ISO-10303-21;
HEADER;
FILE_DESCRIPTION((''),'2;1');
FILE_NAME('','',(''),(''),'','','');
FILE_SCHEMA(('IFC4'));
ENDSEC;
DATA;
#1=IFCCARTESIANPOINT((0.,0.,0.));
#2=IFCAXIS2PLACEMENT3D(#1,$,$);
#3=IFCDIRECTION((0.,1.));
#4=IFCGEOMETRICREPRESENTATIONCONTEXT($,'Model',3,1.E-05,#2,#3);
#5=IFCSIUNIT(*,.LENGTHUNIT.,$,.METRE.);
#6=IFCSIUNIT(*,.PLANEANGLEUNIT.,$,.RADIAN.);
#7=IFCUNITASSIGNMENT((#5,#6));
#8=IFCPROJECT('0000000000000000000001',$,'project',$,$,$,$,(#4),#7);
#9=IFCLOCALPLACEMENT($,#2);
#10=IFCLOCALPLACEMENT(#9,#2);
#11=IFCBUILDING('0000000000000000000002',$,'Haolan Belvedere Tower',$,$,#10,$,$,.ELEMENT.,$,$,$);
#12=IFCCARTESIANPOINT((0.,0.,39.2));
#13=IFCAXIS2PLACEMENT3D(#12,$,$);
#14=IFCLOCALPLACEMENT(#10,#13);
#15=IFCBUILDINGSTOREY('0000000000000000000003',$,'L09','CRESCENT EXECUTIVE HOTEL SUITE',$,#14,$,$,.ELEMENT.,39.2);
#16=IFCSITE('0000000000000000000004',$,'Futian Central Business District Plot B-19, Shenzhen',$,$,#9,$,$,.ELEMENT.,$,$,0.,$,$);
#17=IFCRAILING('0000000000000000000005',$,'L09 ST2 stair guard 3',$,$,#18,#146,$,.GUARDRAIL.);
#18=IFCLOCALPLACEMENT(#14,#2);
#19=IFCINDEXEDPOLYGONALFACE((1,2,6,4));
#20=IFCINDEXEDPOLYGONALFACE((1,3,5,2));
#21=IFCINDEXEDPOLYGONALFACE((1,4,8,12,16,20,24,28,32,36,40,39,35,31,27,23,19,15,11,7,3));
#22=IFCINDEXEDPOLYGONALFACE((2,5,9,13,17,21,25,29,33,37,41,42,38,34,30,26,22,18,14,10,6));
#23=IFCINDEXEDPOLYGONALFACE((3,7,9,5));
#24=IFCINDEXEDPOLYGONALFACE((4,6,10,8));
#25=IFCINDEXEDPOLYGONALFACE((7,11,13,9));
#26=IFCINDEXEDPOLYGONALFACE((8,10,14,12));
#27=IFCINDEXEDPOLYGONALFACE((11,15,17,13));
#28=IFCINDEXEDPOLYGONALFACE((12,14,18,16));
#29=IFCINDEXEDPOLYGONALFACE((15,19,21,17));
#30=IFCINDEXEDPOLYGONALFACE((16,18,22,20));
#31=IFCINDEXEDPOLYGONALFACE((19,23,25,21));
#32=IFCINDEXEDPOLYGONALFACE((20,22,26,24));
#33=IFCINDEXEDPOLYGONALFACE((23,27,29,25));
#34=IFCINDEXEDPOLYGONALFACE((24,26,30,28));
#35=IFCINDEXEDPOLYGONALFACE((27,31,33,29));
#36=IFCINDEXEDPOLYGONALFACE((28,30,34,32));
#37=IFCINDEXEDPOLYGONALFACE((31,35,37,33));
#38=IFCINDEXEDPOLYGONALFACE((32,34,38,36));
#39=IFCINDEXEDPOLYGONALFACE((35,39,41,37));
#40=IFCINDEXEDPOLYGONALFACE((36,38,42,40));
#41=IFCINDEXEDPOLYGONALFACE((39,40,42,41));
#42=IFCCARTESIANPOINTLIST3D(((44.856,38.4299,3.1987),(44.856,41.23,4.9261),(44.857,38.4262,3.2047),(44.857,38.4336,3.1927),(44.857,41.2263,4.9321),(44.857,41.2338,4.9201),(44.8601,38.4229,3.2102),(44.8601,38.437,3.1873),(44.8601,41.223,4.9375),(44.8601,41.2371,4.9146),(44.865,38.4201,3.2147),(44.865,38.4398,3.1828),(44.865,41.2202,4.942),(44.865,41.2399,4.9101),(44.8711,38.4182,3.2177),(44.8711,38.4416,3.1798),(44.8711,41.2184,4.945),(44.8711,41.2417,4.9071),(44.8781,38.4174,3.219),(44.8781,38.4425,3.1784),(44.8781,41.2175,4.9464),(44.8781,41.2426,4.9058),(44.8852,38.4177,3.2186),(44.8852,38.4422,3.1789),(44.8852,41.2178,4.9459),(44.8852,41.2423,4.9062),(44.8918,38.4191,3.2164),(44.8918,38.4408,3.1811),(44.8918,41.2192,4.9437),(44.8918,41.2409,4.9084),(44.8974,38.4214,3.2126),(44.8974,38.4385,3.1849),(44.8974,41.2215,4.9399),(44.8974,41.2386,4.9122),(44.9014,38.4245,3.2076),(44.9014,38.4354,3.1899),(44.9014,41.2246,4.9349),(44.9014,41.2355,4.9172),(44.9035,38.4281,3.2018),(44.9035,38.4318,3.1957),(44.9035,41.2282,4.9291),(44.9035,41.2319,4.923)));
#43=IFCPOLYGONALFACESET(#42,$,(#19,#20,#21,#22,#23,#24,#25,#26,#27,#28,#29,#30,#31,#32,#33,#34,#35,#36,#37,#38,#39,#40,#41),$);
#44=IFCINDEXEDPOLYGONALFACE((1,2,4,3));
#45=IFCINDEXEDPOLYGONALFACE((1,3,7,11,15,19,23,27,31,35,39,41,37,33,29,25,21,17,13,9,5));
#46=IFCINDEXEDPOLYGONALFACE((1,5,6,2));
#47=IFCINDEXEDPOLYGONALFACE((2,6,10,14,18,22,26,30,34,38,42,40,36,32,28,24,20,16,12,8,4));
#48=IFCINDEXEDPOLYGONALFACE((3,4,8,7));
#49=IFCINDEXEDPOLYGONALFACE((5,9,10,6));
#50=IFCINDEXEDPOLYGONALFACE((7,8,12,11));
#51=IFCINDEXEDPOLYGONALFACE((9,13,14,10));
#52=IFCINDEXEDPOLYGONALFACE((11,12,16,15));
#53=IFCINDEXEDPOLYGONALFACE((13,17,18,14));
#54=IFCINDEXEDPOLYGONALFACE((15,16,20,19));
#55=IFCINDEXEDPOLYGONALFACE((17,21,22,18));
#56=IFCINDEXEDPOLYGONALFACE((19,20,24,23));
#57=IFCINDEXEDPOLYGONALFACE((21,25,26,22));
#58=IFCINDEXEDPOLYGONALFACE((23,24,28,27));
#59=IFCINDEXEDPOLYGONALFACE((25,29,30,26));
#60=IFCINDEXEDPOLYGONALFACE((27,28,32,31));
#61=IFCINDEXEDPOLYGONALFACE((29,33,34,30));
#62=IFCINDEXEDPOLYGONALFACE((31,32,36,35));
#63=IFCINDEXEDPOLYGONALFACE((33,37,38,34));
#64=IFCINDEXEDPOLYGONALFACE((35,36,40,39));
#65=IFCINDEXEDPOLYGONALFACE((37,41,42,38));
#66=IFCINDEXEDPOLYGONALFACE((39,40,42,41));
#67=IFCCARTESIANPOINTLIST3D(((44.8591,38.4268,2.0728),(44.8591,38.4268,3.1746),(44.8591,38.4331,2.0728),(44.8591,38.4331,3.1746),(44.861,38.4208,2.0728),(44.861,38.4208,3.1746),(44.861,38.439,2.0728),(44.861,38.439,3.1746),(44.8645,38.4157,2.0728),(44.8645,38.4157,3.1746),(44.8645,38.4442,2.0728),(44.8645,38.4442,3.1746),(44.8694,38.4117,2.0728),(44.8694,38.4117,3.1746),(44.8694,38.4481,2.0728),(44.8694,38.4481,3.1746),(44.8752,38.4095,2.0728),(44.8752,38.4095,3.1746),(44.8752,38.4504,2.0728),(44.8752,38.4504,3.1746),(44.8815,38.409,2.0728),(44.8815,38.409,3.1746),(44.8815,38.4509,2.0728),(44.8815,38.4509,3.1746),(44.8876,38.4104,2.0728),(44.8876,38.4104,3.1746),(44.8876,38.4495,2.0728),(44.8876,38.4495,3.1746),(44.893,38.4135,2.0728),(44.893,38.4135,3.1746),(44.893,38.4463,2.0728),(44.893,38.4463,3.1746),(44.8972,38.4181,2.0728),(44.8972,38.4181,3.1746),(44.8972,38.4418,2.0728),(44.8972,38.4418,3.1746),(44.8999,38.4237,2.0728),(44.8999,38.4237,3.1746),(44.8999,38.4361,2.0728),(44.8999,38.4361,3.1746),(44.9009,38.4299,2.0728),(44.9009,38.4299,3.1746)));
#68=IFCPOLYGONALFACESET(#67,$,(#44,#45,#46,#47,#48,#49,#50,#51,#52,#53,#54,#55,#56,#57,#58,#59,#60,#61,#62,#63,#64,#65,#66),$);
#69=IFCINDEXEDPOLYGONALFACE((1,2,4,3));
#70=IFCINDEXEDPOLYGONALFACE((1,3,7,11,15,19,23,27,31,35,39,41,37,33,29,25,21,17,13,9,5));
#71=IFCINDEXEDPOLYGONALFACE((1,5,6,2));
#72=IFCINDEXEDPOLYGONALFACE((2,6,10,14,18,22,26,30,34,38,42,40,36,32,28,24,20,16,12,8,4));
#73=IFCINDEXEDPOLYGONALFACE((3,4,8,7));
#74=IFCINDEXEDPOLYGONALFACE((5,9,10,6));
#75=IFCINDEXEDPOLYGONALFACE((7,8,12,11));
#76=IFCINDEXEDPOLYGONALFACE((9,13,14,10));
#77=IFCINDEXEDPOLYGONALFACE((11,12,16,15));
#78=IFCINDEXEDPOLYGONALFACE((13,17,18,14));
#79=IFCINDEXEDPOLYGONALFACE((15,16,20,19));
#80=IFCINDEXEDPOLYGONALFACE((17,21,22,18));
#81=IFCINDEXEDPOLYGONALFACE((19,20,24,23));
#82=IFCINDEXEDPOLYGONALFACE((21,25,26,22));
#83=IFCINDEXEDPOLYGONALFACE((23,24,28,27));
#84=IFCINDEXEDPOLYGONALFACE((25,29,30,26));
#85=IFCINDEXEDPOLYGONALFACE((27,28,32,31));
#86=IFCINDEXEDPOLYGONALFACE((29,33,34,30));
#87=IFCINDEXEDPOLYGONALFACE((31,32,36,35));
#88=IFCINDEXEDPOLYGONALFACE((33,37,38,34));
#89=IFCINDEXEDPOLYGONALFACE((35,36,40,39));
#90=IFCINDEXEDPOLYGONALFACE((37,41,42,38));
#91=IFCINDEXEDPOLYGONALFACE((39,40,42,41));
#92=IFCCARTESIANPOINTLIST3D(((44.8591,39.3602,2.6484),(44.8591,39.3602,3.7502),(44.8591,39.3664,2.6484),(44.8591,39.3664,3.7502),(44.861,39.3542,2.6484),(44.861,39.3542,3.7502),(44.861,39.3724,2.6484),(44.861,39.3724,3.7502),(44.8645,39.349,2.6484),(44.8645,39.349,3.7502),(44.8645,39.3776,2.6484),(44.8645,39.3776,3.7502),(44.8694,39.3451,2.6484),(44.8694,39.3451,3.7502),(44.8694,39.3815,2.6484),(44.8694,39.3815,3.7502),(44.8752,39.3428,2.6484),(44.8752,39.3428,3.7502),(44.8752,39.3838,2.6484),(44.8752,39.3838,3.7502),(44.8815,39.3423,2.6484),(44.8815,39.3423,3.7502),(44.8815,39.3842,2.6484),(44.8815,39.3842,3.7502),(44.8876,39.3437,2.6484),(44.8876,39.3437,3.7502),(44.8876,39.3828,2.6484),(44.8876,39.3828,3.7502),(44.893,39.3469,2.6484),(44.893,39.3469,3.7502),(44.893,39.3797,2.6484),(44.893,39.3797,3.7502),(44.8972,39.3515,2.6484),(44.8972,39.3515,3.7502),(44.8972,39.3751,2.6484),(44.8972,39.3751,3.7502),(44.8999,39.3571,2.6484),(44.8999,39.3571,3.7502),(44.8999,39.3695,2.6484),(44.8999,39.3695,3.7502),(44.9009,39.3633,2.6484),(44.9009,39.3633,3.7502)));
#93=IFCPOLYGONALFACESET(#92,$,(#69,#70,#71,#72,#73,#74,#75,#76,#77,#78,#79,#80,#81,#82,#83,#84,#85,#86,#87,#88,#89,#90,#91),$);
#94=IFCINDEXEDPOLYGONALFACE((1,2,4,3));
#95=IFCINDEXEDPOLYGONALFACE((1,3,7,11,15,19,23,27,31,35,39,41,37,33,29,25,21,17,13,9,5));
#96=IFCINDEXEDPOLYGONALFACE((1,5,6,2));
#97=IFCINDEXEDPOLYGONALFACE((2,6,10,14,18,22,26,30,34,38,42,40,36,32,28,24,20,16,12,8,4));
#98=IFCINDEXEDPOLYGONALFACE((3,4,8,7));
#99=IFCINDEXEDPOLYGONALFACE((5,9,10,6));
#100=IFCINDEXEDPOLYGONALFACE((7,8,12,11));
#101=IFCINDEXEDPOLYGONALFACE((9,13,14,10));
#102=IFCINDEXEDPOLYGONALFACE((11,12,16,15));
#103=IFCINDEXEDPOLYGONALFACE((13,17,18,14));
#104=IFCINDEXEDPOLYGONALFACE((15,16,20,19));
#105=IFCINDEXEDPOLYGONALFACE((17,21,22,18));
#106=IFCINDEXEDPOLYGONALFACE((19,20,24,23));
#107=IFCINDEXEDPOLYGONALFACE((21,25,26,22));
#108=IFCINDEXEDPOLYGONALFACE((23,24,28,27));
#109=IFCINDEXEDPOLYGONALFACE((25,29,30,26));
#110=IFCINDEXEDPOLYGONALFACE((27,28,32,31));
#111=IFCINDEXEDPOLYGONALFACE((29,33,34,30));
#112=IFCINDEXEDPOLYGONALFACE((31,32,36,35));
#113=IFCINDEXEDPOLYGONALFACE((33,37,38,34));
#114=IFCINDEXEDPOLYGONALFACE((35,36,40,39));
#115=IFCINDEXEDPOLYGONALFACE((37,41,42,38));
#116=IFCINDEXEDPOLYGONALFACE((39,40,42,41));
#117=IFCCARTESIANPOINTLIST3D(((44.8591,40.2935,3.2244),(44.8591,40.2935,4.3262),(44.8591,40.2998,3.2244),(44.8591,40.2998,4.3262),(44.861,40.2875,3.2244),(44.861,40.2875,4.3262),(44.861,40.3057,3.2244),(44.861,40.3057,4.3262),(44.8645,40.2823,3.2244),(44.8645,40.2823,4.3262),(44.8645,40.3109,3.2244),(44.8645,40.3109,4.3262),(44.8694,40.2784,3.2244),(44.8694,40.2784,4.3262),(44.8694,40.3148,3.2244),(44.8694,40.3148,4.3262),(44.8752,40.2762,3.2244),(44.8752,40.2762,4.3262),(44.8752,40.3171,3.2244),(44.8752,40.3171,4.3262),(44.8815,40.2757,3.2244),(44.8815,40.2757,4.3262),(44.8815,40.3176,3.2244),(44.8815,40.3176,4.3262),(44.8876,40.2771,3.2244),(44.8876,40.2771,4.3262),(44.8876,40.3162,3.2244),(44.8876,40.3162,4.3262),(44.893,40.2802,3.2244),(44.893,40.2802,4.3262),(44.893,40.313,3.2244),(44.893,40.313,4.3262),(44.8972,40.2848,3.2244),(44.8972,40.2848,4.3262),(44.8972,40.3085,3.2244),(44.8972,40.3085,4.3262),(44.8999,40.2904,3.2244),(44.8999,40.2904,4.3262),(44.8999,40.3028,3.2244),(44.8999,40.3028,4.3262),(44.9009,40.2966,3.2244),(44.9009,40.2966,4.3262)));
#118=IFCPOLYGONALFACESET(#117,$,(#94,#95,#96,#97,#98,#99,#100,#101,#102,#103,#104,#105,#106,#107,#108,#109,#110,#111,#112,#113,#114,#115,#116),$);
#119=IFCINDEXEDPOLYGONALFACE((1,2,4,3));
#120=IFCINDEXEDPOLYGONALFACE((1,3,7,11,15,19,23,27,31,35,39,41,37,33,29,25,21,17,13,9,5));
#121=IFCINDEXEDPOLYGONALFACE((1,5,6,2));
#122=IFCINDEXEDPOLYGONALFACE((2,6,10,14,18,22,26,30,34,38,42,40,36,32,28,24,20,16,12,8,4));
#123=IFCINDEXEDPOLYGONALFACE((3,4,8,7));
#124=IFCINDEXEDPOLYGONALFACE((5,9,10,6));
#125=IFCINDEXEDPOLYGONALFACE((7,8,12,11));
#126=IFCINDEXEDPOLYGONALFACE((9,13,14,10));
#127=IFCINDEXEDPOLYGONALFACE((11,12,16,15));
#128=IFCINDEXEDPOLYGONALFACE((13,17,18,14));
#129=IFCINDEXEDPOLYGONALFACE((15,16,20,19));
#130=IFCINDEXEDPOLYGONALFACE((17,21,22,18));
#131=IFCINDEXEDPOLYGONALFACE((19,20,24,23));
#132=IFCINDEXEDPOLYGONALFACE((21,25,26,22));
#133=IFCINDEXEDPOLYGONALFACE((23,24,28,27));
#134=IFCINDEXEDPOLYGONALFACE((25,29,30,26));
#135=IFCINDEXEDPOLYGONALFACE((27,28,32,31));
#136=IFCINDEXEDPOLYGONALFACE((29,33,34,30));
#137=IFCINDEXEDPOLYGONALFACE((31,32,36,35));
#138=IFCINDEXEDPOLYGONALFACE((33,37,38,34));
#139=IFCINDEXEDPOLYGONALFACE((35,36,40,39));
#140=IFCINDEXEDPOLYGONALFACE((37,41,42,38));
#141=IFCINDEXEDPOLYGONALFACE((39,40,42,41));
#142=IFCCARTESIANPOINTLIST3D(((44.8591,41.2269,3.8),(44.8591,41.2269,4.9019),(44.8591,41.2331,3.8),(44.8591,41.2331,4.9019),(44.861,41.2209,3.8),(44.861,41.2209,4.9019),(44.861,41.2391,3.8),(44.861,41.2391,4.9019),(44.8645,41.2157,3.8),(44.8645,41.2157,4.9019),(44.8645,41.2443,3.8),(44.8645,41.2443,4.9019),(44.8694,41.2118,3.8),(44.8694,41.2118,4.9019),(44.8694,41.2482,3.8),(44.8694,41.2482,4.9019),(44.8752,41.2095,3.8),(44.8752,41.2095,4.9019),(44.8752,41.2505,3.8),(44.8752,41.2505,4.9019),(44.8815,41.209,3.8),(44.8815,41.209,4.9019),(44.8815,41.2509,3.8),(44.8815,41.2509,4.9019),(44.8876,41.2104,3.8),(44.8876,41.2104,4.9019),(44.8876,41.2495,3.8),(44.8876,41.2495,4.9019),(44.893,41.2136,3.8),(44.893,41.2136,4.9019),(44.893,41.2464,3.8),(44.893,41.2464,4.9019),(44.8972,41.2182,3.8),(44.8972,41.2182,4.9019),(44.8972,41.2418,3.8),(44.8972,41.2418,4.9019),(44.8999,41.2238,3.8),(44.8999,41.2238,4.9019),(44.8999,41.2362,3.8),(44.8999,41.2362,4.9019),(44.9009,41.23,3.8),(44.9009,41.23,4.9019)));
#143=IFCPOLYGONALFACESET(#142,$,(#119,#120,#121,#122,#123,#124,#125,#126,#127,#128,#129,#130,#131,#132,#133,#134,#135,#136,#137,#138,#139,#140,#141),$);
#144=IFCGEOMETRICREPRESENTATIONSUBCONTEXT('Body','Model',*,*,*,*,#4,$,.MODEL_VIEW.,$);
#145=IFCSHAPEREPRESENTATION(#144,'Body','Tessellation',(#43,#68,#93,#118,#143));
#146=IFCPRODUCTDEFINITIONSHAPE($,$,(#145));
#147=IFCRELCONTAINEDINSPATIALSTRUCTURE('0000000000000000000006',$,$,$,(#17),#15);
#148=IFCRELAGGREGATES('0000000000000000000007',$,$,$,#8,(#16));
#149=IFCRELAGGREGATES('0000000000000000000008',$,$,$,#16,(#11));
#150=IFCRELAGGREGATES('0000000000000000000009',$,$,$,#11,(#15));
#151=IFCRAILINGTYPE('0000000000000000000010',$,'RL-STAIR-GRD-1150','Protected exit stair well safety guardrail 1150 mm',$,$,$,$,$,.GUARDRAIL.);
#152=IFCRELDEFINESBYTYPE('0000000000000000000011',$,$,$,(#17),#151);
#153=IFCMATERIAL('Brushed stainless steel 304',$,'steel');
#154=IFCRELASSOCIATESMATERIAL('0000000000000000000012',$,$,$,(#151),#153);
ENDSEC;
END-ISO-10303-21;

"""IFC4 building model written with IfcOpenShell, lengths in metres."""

from ifc_helpers import new_model, si_unit, direction, frame, origin, origin_2d, place, context, subcontext, project, spatial, circle, extrude, material, type_object, element, save


model = new_model("IFC4")

# Units and contexts
model_context = context("Model", 3, precision=1e-05, world=origin(), true_north=direction((0.0, 1.0)))
body_context = subcontext(model_context, "Body", "Model", "MODEL_VIEW")
ifc_project = project(units=[si_unit("LENGTHUNIT", "METRE"), si_unit("PLANEANGLEUNIT", "RADIAN")], contexts=[model_context])

# Site, building, storey
site_placement = place(None, origin())
site = spatial("IfcSite", under=ifc_project, at=site_placement, Name="Futian Central Business District Plot B-19, Shenzhen", CompositionType="ELEMENT", RefElevation=0.0)
building_placement = place(site_placement, origin())
building = spatial("IfcBuilding", under=site, at=building_placement, Name="Haolan Belvedere Tower", CompositionType="ELEMENT")
storey_placement = place(building_placement, frame((0.0, 0.0, 39.2)))
storey = spatial("IfcBuildingStorey", under=building, at=storey_placement, Name="L09", Description="CRESCENT EXECUTIVE HOTEL SUITE", CompositionType="ELEMENT", Elevation=39.2)

# Railing
ifc_material_1 = material(Name="Brushed stainless steel 304", Category="steel")
railing_type_1 = type_object("IfcRailingType", Name="RL-STAIR-GRD-1150", Description="Protected exit stair well safety guardrail 1150 mm", PredefinedType="GUARDRAIL", material=ifc_material_1)
railing_1_placement = place(storey_placement, frame((44.8799, 38.4299, 2.0728)))
element("IfcRailing", 1, at=railing_1_placement, inside=storey, type_object=railing_type_1, Name="L09 ST2 stair guard 3", PredefinedType="GUARDRAIL", context=body_context, shape_type="SweptSolid", body=[
    extrude(circle(Radius=0.0239, at=origin_2d()), frame((0.0, 0.0, 1.126), z_axis=(0.0, 0.85109, 0.52502), x_axis=(-1.0, 0.0, 0.0)), (0.0, 0.0, 1.0), 3.29),
    extrude(circle(Radius=0.021, at=origin_2d()), origin(), (0.0, 0.0, 1.0), 1.1018),
    extrude(circle(Radius=0.021, at=origin_2d()), frame((0.0, 0.9333, 0.5757)), (0.0, 0.0, 1.0), 1.1018),
    extrude(circle(Radius=0.021, at=origin_2d()), frame((0.0, 1.8667, 1.1516)), (0.0, 0.0, 1.0), 1.1018),
    extrude(circle(Radius=0.021, at=origin_2d()), frame((0.0, 2.8, 1.7273)), (0.0, 0.0, 1.0), 1.1018),
])

save(model, "model.ifc")
